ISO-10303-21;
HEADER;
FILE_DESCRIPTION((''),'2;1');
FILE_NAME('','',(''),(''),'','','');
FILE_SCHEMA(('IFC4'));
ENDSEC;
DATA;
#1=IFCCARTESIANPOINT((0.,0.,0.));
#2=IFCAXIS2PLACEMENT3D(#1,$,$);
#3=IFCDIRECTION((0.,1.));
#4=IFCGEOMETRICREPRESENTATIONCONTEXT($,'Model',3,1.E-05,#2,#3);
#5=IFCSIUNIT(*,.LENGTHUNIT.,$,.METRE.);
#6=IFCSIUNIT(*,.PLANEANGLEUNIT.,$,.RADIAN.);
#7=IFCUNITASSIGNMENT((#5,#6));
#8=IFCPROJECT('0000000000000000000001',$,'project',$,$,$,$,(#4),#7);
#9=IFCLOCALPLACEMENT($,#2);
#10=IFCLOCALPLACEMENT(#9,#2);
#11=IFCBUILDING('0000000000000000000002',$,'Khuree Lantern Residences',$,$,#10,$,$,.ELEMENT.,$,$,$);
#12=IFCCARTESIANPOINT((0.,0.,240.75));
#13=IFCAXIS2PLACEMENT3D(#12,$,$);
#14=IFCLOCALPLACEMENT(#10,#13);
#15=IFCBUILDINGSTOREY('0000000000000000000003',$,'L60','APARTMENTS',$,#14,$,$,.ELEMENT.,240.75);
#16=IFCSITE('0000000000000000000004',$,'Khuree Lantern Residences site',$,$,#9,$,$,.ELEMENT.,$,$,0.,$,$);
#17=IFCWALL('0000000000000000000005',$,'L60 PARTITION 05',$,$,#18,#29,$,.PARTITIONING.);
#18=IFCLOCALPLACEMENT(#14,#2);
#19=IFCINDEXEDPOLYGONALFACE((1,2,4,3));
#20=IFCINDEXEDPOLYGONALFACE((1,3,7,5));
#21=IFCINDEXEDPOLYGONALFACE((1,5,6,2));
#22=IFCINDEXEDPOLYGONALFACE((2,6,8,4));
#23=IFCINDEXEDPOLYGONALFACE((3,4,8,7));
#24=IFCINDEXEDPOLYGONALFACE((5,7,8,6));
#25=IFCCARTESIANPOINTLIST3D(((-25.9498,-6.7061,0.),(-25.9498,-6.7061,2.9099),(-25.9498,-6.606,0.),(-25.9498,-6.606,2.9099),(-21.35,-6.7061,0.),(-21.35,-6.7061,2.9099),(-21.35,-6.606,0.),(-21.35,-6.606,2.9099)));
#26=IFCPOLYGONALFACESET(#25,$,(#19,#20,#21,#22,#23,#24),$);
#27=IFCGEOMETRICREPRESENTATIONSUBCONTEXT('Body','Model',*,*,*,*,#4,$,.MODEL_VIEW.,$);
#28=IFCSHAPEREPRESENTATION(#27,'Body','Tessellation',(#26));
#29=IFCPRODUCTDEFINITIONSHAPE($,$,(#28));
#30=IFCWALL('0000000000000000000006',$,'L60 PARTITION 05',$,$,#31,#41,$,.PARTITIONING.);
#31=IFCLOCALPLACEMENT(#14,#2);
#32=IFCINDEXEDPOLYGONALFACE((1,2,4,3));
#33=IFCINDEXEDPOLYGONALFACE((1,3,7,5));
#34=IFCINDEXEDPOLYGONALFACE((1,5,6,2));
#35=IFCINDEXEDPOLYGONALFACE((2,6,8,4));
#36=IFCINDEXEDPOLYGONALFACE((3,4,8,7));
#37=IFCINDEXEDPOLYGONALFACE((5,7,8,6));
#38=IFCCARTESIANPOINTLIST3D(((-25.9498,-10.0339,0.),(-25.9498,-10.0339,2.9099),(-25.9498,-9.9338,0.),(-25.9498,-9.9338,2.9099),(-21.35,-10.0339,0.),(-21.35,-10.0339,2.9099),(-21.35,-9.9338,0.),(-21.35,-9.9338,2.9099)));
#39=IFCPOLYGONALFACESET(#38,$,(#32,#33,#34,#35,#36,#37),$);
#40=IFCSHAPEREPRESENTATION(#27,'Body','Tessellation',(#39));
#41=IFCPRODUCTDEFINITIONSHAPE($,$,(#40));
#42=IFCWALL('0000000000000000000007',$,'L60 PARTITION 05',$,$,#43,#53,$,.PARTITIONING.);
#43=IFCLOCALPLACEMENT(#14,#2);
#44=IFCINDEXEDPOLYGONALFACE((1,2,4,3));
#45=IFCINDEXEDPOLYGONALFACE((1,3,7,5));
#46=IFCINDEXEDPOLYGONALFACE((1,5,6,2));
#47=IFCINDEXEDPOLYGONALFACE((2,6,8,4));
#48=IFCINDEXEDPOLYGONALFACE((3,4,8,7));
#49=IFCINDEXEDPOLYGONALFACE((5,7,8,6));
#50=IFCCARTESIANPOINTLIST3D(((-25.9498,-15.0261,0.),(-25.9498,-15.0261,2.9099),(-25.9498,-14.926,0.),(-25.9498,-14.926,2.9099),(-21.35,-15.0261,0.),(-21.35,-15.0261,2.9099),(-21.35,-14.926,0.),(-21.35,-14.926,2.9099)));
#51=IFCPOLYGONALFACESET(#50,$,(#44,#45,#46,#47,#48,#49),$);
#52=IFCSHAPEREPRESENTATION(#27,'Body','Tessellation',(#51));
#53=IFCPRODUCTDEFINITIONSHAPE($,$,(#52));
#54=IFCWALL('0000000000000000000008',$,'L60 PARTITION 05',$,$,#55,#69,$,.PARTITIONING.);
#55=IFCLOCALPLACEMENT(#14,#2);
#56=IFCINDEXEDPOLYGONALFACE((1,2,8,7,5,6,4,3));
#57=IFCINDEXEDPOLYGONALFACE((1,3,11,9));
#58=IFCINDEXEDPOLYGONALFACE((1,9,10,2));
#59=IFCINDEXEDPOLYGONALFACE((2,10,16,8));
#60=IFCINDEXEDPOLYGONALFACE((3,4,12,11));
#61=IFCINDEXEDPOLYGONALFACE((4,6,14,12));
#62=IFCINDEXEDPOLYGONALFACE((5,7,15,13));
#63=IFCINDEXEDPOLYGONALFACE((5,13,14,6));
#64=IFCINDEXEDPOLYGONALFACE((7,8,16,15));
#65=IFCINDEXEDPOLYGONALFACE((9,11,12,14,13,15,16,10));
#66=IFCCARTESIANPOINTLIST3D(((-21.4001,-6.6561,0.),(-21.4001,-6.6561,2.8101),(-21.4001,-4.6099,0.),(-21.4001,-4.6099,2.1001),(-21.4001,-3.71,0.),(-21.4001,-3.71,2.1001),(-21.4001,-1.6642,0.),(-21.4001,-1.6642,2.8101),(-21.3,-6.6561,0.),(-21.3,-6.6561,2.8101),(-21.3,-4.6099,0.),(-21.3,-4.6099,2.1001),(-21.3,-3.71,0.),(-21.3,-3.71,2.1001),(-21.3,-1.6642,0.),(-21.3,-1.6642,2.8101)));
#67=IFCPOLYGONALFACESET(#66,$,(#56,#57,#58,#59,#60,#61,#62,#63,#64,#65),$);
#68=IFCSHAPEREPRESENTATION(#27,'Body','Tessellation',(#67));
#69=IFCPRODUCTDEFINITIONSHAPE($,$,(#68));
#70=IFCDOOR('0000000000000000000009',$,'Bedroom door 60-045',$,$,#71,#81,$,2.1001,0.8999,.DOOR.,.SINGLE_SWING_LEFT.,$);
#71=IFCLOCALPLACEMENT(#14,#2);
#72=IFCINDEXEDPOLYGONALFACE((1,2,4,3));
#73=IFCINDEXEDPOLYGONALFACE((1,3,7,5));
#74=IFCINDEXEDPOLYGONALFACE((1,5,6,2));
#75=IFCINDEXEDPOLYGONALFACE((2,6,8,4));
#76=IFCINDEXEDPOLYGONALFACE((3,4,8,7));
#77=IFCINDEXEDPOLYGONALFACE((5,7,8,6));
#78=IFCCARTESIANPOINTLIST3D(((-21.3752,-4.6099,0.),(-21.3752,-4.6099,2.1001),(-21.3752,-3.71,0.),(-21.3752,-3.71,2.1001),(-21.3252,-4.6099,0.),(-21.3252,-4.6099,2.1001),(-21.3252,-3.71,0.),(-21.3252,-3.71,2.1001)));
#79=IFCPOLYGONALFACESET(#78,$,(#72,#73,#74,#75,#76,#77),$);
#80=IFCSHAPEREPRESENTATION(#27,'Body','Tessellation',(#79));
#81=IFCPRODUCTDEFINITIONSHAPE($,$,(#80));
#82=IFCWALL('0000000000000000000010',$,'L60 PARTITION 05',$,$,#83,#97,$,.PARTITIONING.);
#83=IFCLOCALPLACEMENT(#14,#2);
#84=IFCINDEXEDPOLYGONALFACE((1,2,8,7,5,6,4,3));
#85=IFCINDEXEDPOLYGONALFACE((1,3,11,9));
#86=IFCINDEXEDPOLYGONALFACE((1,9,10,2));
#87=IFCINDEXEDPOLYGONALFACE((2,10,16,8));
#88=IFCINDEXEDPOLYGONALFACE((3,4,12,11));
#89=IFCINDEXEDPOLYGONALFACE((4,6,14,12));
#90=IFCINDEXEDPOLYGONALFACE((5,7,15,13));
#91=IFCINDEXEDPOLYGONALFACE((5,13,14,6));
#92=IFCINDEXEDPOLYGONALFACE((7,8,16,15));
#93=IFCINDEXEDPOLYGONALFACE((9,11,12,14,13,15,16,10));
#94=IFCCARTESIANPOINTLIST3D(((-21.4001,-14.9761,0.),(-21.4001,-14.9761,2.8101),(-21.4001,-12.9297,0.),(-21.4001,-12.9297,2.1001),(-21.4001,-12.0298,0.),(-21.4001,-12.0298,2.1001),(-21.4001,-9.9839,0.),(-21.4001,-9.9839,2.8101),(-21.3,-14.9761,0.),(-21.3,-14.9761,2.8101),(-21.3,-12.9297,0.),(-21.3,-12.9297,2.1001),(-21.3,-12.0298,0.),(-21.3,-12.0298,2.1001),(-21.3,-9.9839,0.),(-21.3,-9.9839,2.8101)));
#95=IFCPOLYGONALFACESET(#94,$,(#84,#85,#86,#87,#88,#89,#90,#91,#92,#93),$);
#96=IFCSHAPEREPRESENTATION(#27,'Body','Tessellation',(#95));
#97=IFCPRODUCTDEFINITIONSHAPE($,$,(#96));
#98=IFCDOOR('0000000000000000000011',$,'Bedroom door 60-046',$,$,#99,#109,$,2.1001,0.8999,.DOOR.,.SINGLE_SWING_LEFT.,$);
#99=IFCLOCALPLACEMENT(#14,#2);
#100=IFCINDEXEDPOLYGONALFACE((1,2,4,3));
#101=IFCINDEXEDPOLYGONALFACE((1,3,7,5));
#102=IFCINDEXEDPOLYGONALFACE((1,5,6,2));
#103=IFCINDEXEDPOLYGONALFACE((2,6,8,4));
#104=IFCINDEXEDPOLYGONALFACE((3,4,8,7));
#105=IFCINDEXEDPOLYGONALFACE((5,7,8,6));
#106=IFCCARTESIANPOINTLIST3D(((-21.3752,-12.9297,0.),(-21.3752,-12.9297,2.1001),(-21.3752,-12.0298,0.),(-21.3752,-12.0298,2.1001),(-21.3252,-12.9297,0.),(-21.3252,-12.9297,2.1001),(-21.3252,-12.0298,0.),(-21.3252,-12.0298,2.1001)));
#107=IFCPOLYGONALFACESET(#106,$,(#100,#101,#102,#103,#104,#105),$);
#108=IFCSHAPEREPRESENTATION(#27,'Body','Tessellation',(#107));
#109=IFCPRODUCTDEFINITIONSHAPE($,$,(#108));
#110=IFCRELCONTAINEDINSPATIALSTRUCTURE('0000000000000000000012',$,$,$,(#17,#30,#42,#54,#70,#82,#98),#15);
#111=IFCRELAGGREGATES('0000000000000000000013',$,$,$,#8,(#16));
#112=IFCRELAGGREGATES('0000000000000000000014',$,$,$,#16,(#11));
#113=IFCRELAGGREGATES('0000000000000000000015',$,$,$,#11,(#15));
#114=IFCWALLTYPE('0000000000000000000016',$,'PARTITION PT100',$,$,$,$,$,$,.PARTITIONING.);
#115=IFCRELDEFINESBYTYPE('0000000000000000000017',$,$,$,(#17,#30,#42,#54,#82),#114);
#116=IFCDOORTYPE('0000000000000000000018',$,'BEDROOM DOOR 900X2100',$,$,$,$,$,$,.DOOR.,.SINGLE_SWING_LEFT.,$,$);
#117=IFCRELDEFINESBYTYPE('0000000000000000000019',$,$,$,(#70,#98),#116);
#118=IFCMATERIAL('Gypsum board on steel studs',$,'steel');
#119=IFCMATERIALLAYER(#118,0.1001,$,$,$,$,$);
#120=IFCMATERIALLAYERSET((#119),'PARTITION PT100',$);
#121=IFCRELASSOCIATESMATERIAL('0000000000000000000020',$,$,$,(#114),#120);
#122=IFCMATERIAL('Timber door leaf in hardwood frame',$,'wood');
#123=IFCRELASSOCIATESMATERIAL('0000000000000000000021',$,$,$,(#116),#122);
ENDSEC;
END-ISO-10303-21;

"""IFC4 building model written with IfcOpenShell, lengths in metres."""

from ifc_helpers import new_model, si_unit, direction, frame, frame_2d, origin, place, context, subcontext, project, spatial, rectangle, extrude, material, layer, layer_set, type_object, element, fill, save


model = new_model("IFC4")

# Units and contexts
model_context = context("Model", 3, precision=1e-05, world=origin(), true_north=direction((0.0, 1.0)))
body_context = subcontext(model_context, "Body", "Model", "MODEL_VIEW")
ifc_project = project(units=[si_unit("LENGTHUNIT", "METRE"), si_unit("PLANEANGLEUNIT", "RADIAN")], contexts=[model_context])

# Site, building, storey
site_placement = place(None, origin())
site = spatial("IfcSite", under=ifc_project, at=site_placement, Name="Khuree Lantern Residences site", CompositionType="ELEMENT", RefElevation=0.0)
building_placement = place(site_placement, origin())
building = spatial("IfcBuilding", under=site, at=building_placement, Name="Khuree Lantern Residences", CompositionType="ELEMENT")
storey_placement = place(building_placement, frame((0.0, 0.0, 240.75)))
storey = spatial("IfcBuildingStorey", under=building, at=storey_placement, Name="L60", Description="APARTMENTS", CompositionType="ELEMENT", Elevation=240.75)

# Walls
ifc_material_1 = material(Name="Gypsum board on steel studs", Category="steel")
ifc_layer_1 = layer(ifc_material_1, 0.1001)
ifc_layer_set_1 = layer_set([ifc_layer_1], Name="PARTITION PT100")
wall_type_1 = type_object("IfcWallType", Name="PARTITION PT100", PredefinedType="PARTITIONING", material=ifc_layer_set_1)
for number, where, z_axis, x_axis, name in (
    (1, (-21.3501, -6.656, 0.0), (0.0, 0.0, 1.0), (-1.0, 0.0, 0.0), "L60 PARTITION 05"),
    (2, (-21.3501, -9.9839, 0.0), (0.0, 0.0, 1.0), (-1.0, 0.0, 0.0), "L60 PARTITION 05"),
    (3, (-21.3501, -14.9761, 0.0), (0.0, 0.0, 1.0), (-1.0, 0.0, 0.0), "L60 PARTITION 05"),
):
    element("IfcWall", number, at=place(storey_placement, frame(where, z_axis=z_axis, x_axis=x_axis)), inside=storey, type_object=wall_type_1, Name=name, PredefinedType="PARTITIONING", context=body_context, shape_type="SweptSolid", body=[
        extrude(rectangle(XDim=4.5999, YDim=0.1001, at=frame_2d((2.2998, 0.0))), origin(), (0.0, 0.0, 1.0), 2.9099),
    ])

# Walls, openings, doors
wall_1_placement = place(storey_placement, frame((-21.3501, -1.6641, 0.0), z_axis=(0.0, 0.0, 1.0), x_axis=(0.0, -1.0, 0.0)))
wall_1 = element("IfcWall", 4, at=wall_1_placement, inside=storey, type_object=wall_type_1, Name="L60 PARTITION 05", PredefinedType="PARTITIONING", context=body_context, shape_type="SweptSolid", body=[
    extrude(rectangle(XDim=4.9919, YDim=0.1001, at=frame_2d((2.4961, 0.0))), origin(), (0.0, 0.0, 1.0), 2.8101),
])
opening_1_placement = place(wall_1_placement, frame((2.0459, 0.0, 0.0)))
opening_1 = element("IfcOpeningElement", 5, at=opening_1_placement, cuts=wall_1, PredefinedType="OPENING", context=body_context, shape_type="SweptSolid", body=[
    extrude(rectangle(XDim=0.8999, YDim=2.1001, at=frame_2d((0.45, 1.05))), frame((0.0, 0.0601, 0.0), z_axis=(0.0, -1.0, 0.0), x_axis=(1.0, 0.0, 0.0)), (0.0, 0.0, 1.0), 0.1201),
])
ifc_material_2 = material(Name="Timber door leaf in hardwood frame", Category="wood")
door_type = type_object("IfcDoorType", Name="BEDROOM DOOR 900X2100", OperationType="SINGLE_SWING_LEFT", PredefinedType="DOOR", material=ifc_material_2)
door_1_placement = place(opening_1_placement, origin())
door_1 = element("IfcDoor", 6, at=door_1_placement, inside=storey, type_object=door_type, Name="Bedroom door 60-045", OperationType="SINGLE_SWING_LEFT", OverallHeight=2.1001, OverallWidth=0.8999, PredefinedType="DOOR", context=body_context, shape_type="SweptSolid", body=[
    extrude(rectangle(XDim=0.8999, YDim=2.1001, at=frame_2d((0.45, 1.05))), frame((0.0, 0.0249, 0.0), z_axis=(0.0, -1.0, 0.0), x_axis=(1.0, 0.0, 0.0)), (0.0, 0.0, 1.0), 0.05),
])
fill(opening_1, door_1)
wall_2_placement = place(storey_placement, frame((-21.3501, -9.9839, 0.0), z_axis=(0.0, 0.0, 1.0), x_axis=(0.0, -1.0, 0.0)))
wall_2 = element("IfcWall", 7, at=wall_2_placement, inside=storey, type_object=wall_type_1, Name="L60 PARTITION 05", PredefinedType="PARTITIONING", context=body_context, shape_type="SweptSolid", body=[
    extrude(rectangle(XDim=4.9922, YDim=0.1001, at=frame_2d((2.4961, 0.0))), origin(), (0.0, 0.0, 1.0), 2.8101),
])
opening_2_placement = place(wall_2_placement, frame((2.0459, 0.0, 0.0)))
opening_2 = element("IfcOpeningElement", 8, at=opening_2_placement, cuts=wall_2, PredefinedType="OPENING", context=body_context, shape_type="SweptSolid", body=[
    extrude(rectangle(XDim=0.8999, YDim=2.1001, at=frame_2d((0.45, 1.05))), frame((0.0, 0.0601, 0.0), z_axis=(0.0, -1.0, 0.0), x_axis=(1.0, 0.0, 0.0)), (0.0, 0.0, 1.0), 0.1201),
])
door_2_placement = place(opening_2_placement, origin())
door_2 = element("IfcDoor", 9, at=door_2_placement, inside=storey, type_object=door_type, Name="Bedroom door 60-046", OperationType="SINGLE_SWING_LEFT", OverallHeight=2.1001, OverallWidth=0.8999, PredefinedType="DOOR", context=body_context, shape_type="SweptSolid", body=[
    extrude(rectangle(XDim=0.8999, YDim=2.1001, at=frame_2d((0.45, 1.05))), frame((0.0, 0.0249, 0.0), z_axis=(0.0, -1.0, 0.0), x_axis=(1.0, 0.0, 0.0)), (0.0, 0.0, 1.0), 0.05),
])
fill(opening_2, door_2)

save(model, "model.ifc")
